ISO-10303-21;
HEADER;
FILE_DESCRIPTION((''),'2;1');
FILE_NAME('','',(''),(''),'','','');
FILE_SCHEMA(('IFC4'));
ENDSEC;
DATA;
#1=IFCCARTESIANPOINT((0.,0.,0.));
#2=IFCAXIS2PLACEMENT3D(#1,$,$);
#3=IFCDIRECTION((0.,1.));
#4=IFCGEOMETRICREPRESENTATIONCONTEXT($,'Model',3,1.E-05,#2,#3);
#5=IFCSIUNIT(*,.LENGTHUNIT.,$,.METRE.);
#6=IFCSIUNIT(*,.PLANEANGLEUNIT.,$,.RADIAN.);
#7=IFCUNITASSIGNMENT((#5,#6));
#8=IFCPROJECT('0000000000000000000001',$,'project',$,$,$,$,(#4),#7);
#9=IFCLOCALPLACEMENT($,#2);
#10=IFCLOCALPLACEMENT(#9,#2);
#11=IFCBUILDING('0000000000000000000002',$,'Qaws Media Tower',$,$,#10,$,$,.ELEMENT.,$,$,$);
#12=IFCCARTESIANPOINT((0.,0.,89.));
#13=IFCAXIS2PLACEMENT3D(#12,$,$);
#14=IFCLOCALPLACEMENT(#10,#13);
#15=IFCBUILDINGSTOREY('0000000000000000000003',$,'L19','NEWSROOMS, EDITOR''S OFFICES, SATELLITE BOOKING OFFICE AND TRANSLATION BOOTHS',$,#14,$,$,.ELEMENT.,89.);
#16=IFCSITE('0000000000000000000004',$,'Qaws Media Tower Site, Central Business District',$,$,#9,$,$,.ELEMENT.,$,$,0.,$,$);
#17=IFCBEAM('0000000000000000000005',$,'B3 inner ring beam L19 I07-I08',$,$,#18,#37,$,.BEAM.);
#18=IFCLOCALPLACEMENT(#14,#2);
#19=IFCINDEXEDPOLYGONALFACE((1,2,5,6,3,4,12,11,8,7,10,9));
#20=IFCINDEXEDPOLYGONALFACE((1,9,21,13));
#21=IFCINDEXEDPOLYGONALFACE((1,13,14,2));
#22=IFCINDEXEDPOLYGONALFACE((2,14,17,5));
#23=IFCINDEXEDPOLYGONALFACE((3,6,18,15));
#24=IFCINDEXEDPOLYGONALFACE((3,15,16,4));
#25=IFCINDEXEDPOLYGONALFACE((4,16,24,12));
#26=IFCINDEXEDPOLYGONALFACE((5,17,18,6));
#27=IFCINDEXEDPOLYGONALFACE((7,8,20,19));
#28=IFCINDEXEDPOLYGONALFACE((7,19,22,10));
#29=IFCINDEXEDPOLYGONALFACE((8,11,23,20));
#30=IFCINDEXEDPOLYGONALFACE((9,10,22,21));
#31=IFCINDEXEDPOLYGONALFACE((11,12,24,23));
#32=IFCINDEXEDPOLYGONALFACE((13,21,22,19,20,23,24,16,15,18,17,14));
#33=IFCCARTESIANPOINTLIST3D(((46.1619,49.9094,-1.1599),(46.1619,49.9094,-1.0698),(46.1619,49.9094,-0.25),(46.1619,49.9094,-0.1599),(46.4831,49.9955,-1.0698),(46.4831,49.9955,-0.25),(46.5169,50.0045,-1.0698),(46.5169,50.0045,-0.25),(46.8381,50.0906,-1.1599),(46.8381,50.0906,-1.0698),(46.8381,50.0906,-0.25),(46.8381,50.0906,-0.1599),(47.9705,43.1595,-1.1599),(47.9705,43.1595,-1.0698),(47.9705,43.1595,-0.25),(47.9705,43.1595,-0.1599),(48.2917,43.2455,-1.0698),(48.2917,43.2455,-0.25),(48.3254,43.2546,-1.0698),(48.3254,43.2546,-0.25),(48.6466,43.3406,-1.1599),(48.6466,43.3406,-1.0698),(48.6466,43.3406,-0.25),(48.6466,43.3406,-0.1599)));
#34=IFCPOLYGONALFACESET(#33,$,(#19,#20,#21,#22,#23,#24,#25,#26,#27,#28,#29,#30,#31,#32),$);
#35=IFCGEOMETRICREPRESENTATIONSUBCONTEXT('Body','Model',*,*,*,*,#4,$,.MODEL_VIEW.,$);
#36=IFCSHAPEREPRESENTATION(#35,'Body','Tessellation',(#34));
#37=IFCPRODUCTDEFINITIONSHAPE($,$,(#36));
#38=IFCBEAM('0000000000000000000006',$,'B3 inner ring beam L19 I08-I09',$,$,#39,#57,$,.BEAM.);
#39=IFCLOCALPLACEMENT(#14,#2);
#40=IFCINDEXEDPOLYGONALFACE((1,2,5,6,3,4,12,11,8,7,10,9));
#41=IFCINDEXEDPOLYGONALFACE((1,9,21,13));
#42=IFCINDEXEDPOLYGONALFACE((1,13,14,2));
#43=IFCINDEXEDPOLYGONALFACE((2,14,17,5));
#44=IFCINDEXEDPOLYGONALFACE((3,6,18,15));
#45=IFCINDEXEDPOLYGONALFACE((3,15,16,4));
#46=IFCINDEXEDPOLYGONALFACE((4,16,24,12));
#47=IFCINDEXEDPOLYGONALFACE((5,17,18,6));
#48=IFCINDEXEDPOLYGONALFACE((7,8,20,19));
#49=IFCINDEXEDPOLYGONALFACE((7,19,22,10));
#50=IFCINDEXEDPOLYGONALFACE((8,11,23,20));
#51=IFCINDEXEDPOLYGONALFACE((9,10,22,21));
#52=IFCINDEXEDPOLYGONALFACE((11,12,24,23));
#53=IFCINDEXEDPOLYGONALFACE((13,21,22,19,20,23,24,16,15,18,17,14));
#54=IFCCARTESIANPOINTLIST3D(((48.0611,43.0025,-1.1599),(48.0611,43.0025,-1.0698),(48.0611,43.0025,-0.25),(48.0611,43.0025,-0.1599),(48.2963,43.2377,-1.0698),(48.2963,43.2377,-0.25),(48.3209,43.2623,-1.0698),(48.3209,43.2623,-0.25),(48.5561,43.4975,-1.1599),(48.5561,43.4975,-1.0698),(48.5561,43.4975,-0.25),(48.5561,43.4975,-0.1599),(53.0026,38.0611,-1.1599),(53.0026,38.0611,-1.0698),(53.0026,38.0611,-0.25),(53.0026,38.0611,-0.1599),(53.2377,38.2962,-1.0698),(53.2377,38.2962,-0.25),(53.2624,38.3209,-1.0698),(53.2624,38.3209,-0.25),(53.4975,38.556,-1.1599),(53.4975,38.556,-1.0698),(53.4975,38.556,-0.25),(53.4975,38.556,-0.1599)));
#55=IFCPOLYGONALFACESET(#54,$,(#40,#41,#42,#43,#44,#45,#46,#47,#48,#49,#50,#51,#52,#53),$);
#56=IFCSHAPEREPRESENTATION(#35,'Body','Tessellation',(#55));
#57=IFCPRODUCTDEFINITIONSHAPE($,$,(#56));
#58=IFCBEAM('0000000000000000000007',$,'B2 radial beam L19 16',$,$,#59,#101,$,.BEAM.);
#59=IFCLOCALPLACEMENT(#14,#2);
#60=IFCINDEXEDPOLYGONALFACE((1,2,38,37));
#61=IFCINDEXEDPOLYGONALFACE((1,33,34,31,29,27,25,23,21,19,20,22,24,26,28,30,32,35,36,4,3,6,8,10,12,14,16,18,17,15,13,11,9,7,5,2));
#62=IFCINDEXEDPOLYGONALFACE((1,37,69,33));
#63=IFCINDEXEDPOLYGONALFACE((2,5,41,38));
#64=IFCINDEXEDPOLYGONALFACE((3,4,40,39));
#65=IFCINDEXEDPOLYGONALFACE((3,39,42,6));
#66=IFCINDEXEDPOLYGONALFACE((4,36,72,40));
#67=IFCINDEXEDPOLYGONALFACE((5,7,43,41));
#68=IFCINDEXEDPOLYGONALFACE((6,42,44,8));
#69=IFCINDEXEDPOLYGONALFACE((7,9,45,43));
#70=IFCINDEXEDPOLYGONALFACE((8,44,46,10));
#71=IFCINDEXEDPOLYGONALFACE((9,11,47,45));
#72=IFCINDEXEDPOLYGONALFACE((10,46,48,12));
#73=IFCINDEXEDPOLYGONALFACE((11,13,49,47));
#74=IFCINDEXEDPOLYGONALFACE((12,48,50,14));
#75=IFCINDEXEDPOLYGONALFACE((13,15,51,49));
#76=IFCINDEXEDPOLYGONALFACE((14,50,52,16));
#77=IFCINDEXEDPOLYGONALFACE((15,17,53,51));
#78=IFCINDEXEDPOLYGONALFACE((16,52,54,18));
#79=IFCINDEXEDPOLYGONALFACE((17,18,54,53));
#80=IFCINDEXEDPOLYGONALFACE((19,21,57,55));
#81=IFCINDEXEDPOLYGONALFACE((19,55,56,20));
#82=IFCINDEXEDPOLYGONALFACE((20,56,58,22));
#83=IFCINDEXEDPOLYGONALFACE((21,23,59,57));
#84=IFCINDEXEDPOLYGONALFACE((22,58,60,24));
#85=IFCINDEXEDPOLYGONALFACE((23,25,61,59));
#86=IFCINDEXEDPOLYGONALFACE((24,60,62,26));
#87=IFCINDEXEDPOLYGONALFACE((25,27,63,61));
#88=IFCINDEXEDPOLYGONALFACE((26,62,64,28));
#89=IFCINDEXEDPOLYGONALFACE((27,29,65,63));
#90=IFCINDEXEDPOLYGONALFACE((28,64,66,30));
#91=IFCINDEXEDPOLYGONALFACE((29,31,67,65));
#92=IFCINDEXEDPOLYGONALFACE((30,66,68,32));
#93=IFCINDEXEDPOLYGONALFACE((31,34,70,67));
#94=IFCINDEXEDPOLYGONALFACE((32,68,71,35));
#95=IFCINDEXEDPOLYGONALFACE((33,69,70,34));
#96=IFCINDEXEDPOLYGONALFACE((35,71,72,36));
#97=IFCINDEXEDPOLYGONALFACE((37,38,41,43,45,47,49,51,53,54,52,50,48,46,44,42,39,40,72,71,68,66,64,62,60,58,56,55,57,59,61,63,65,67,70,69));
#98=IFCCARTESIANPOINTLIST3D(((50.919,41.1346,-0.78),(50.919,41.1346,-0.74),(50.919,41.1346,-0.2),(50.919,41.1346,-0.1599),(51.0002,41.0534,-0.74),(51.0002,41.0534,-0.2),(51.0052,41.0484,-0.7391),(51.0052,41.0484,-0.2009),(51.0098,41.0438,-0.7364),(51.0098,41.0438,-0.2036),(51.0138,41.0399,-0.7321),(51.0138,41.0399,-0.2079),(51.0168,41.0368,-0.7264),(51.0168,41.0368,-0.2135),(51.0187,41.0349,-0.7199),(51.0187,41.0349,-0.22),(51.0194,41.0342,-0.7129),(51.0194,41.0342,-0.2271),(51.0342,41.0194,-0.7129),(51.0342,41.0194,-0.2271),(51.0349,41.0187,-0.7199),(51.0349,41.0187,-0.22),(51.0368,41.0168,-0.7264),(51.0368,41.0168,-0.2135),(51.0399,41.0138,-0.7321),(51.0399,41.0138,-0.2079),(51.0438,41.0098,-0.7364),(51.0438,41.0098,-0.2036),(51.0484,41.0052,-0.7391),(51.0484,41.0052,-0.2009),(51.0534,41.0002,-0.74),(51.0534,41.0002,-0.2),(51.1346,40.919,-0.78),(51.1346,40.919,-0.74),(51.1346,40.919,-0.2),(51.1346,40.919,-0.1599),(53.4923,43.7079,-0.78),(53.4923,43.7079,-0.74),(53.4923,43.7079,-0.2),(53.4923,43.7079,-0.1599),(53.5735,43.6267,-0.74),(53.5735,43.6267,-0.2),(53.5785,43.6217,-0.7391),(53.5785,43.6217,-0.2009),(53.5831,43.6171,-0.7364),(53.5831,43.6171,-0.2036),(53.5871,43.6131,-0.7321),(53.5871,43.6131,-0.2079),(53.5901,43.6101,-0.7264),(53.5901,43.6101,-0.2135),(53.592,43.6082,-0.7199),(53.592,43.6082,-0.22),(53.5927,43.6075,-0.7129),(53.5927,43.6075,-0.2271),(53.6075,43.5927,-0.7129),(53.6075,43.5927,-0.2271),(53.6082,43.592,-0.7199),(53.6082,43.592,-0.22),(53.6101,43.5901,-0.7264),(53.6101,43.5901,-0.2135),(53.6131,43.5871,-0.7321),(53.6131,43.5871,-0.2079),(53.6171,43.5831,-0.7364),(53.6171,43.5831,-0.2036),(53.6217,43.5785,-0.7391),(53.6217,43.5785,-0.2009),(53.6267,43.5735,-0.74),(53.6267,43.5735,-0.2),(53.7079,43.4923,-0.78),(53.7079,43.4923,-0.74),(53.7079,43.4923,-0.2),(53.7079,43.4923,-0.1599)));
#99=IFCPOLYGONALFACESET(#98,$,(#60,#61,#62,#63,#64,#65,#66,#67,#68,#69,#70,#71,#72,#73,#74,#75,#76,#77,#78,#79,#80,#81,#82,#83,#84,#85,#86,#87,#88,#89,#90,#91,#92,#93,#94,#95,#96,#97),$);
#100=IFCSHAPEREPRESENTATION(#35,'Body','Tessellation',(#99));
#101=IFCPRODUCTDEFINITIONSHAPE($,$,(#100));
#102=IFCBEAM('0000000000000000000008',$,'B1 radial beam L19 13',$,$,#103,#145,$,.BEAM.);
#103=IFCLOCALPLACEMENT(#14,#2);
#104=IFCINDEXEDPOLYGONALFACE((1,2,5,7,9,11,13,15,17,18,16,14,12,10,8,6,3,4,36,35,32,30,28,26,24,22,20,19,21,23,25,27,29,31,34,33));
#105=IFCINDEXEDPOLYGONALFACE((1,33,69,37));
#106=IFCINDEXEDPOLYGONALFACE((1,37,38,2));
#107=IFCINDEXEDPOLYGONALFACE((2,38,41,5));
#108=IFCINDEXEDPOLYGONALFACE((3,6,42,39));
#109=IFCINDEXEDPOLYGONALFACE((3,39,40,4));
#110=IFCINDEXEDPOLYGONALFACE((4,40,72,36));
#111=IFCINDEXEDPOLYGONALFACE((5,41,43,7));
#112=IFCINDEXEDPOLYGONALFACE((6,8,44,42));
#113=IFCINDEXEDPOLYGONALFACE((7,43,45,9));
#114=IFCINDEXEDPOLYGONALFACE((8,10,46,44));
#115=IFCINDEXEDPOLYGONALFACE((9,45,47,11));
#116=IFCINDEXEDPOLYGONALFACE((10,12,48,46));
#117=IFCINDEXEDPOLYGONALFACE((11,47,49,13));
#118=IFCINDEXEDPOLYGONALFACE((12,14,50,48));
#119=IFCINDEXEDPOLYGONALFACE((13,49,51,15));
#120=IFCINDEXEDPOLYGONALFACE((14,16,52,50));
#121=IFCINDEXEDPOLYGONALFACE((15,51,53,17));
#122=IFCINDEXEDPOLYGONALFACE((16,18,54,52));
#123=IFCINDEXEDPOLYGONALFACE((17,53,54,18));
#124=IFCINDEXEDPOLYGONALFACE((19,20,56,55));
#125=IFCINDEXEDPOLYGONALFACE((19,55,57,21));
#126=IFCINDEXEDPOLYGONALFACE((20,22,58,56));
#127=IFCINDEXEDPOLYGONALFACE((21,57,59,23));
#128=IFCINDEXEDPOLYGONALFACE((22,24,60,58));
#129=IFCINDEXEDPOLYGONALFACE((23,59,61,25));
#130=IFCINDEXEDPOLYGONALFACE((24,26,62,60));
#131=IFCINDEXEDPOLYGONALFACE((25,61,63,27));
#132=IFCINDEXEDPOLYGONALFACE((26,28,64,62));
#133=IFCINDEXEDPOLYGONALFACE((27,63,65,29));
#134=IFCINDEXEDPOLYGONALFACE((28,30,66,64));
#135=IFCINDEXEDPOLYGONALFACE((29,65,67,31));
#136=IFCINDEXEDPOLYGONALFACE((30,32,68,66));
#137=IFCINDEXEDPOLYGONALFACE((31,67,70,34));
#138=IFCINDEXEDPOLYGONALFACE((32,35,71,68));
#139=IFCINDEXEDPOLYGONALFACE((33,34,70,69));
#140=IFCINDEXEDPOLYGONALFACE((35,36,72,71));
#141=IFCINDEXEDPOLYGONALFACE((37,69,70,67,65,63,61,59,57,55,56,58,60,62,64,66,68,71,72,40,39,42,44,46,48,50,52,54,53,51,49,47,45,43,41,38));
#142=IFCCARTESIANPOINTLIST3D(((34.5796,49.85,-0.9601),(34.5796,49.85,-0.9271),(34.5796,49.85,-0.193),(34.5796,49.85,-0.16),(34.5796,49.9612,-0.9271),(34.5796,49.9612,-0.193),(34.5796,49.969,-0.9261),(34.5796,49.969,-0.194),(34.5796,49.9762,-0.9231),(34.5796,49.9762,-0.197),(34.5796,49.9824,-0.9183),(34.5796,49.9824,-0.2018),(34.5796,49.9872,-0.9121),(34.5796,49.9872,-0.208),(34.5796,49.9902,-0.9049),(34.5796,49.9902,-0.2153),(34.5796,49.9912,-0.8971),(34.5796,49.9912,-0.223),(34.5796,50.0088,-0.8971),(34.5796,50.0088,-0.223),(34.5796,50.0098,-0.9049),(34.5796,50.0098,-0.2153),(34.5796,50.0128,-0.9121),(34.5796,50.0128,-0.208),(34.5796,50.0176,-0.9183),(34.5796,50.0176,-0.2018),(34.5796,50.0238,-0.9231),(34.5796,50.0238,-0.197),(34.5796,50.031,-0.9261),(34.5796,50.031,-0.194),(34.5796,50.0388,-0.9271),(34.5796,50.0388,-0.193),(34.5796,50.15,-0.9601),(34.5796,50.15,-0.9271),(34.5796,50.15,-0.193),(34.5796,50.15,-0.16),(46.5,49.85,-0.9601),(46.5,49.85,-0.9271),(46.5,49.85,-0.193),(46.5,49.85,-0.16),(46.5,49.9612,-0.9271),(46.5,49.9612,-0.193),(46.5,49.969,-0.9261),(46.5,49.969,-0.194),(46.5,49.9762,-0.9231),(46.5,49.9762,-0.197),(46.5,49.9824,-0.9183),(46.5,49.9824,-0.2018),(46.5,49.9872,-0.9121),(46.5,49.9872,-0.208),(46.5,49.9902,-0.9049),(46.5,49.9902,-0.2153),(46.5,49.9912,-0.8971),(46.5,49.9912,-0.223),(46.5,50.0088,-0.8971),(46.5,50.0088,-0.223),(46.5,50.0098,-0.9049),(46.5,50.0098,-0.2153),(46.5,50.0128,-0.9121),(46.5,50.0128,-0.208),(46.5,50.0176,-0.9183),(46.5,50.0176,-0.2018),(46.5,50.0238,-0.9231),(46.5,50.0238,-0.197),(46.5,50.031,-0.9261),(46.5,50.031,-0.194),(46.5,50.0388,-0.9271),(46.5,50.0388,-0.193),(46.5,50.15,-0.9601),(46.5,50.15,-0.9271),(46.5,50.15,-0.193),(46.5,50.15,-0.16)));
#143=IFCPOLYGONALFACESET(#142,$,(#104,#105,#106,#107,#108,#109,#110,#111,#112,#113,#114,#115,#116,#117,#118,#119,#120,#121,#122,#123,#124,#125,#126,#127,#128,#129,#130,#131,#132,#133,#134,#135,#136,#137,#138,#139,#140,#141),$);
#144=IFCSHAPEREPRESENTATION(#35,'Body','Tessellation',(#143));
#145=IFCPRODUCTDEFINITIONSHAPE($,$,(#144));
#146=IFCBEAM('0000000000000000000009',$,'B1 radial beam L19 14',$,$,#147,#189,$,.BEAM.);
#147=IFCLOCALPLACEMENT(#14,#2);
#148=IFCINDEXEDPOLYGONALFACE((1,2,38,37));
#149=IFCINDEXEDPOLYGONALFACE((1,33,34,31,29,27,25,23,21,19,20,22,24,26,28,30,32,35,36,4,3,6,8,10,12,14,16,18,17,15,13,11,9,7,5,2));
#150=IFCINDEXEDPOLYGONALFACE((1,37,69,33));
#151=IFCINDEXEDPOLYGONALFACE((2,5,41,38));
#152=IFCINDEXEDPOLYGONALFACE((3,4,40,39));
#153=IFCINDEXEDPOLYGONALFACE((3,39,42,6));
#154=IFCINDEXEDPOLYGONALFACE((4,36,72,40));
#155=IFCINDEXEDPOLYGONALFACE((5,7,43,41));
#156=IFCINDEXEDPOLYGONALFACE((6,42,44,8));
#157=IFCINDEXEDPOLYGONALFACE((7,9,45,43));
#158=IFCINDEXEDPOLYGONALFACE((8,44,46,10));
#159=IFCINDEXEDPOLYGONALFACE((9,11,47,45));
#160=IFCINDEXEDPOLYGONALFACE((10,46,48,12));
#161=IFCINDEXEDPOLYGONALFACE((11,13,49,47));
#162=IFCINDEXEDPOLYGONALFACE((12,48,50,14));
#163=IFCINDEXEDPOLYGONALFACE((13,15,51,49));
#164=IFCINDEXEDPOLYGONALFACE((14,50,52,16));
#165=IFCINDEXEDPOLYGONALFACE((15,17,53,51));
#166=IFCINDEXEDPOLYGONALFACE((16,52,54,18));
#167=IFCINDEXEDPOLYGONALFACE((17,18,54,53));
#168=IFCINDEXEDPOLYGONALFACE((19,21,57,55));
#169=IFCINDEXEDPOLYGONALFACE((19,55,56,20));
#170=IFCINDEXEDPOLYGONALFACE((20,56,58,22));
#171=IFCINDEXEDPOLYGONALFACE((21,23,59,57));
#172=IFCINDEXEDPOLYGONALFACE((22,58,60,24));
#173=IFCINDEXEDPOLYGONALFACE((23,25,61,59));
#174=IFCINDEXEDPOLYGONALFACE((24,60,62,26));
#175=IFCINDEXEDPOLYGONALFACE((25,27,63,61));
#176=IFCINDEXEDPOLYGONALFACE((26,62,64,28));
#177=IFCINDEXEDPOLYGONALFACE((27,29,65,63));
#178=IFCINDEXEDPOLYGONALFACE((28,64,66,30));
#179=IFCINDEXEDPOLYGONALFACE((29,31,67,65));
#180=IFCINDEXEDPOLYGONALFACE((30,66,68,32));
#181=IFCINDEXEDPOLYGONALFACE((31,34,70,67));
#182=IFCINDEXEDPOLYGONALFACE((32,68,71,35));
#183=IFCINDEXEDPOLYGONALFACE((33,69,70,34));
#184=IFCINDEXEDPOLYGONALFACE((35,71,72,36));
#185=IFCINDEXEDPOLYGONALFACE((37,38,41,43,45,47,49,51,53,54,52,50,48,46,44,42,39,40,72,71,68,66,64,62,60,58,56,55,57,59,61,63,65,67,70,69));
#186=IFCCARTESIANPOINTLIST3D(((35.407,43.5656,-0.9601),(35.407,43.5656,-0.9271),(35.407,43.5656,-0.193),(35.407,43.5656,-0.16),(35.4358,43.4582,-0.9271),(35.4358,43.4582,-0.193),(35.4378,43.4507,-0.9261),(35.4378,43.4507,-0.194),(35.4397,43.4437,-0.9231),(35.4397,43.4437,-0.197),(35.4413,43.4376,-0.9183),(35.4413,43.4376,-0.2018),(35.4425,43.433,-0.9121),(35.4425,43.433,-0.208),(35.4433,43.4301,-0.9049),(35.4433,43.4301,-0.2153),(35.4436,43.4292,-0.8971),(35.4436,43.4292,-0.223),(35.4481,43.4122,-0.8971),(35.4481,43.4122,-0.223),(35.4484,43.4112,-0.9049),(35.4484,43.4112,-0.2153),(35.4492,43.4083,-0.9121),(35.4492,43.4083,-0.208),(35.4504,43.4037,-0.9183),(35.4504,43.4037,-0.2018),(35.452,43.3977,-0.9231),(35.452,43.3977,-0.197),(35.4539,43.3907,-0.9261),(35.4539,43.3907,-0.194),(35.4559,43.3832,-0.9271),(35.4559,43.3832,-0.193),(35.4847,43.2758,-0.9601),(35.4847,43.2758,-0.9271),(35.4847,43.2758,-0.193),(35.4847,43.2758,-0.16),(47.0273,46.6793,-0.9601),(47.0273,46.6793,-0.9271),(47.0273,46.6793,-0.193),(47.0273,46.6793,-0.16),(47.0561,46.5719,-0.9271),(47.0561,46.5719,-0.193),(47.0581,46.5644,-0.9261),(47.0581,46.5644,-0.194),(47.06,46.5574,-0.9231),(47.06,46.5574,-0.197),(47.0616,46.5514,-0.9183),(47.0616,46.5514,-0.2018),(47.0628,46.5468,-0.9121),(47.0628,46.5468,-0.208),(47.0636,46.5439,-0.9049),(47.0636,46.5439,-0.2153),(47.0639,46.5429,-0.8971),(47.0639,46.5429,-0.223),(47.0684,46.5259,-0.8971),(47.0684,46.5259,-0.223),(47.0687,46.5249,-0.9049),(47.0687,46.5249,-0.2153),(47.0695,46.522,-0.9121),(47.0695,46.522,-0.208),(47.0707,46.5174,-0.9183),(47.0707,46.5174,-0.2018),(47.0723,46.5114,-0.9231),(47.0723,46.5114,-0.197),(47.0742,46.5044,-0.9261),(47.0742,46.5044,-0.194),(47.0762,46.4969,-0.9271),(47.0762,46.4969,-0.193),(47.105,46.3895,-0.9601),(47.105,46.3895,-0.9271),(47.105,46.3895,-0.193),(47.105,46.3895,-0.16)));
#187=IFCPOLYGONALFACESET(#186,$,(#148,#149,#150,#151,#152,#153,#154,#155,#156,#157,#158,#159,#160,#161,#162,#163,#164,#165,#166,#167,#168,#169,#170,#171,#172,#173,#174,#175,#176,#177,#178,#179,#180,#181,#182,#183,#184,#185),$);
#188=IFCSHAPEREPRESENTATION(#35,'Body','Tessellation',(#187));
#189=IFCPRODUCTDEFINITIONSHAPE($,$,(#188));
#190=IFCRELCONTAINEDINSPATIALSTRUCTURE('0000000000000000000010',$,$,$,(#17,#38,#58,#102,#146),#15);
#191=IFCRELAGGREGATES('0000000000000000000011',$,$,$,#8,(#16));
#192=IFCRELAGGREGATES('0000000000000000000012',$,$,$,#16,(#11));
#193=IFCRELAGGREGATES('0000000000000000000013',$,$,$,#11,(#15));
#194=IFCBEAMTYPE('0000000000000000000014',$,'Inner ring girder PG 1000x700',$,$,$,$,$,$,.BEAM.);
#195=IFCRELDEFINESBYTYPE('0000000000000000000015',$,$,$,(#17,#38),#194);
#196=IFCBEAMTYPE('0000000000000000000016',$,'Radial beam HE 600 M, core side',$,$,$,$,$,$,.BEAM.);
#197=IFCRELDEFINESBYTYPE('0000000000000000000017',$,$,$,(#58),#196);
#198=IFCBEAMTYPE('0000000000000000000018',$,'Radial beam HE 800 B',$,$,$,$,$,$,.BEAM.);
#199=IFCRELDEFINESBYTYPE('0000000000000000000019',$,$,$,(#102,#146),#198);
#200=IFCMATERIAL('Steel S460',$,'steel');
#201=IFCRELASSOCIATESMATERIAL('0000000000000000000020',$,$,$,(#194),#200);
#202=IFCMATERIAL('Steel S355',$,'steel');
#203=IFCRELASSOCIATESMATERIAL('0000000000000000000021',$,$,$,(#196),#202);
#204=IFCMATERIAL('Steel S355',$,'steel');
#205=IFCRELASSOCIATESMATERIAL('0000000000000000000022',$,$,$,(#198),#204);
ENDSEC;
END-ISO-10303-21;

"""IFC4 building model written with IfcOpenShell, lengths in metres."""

from ifc_helpers import new_model, si_unit, direction, frame, origin, origin_2d, place, context, subcontext, project, spatial, i_section, extrude, material, material_profile, profile_set, type_object, element, save


model = new_model("IFC4")

# Units and contexts
model_context = context("Model", 3, precision=1e-05, world=origin(), true_north=direction((0.0, 1.0)))
body_context = subcontext(model_context, "Body", "Model", "MODEL_VIEW")
ifc_project = project(units=[si_unit("LENGTHUNIT", "METRE"), si_unit("PLANEANGLEUNIT", "RADIAN")], contexts=[model_context])

# Site, building, storey
site_placement = place(None, origin())
site = spatial("IfcSite", under=ifc_project, at=site_placement, Name="Qaws Media Tower Site, Central Business District", CompositionType="ELEMENT", RefElevation=0.0)
building_placement = place(site_placement, origin())
building = spatial("IfcBuilding", under=site, at=building_placement, Name="Qaws Media Tower", CompositionType="ELEMENT")
storey_placement = place(building_placement, frame((0.0, 0.0, 89.0)))
storey = spatial("IfcBuildingStorey", under=building, at=storey_placement, Name="L19", Description="NEWSROOMS, EDITOR'S OFFICES, SATELLITE BOOKING OFFICE AND TRANSLATION BOOTHS", CompositionType="ELEMENT", Elevation=89.0)

# Beams
ifc_material_1 = material(Name="Steel S460", Category="steel")
ifc_material_profile_1 = material_profile(ifc_material_1, i_section(OverallWidth=0.7, OverallDepth=1.0, WebThickness=0.0349, FlangeThickness=0.0901, at=origin_2d()), Name="PG 1000x700")
ifc_profile_set_1 = profile_set([ifc_material_profile_1], Name="Steel S460")
beam_type_1 = type_object("IfcBeamType", Name="Inner ring girder PG 1000x700", PredefinedType="BEAM", material=ifc_profile_set_1)
beam_1_placement = place(storey_placement, frame((46.5, 50.0, -0.6599), z_axis=(0.258811, -0.965928, 0.0), x_axis=(0.965928, 0.258811, 0.0)))
element("IfcBeam", 1, at=beam_1_placement, inside=storey, type_object=beam_type_1, Name="B3 inner ring beam L19 I07-I08", PredefinedType="BEAM", context=body_context, shape_type="SweptSolid", body=[
    extrude(i_section(OverallWidth=0.7, OverallDepth=1.0, WebThickness=0.0349, FlangeThickness=0.0901, at=origin_2d()), origin(), (0.0, 0.0, 1.0), 6.988),
])
beam_2_placement = place(storey_placement, frame((48.3086, 43.25, -0.6599), z_axis=(0.707107, -0.707107, 0.0), x_axis=(0.707107, 0.707107, 0.0)))
element("IfcBeam", 2, at=beam_2_placement, inside=storey, type_object=beam_type_1, Name="B3 inner ring beam L19 I08-I09", PredefinedType="BEAM", context=body_context, shape_type="SweptSolid", body=[
    extrude(i_section(OverallWidth=0.7, OverallDepth=1.0, WebThickness=0.0349, FlangeThickness=0.0901, at=origin_2d()), origin(), (0.0, 0.0, 1.0), 6.9883),
])
ifc_material_2 = material(Name="Steel S355", Category="steel")
ifc_material_profile_2 = material_profile(ifc_material_2, i_section(OverallWidth=0.3049, OverallDepth=0.6201, WebThickness=0.021, FlangeThickness=0.04, FilletRadius=0.0271, at=origin_2d()), Name="HE 600 M")
ifc_profile_set_2 = profile_set([ifc_material_profile_2], Name="Steel S355")
beam_type_2 = type_object("IfcBeamType", Name="Radial beam HE 600 M, core side", PredefinedType="BEAM", material=ifc_profile_set_2)
beam_3_placement = place(storey_placement, frame((53.6001, 43.6001, -0.47), z_axis=(-0.707107, -0.707107, 0.0), x_axis=(0.707107, -0.707107, 0.0)))
element("IfcBeam", 3, at=beam_3_placement, inside=storey, type_object=beam_type_2, Name="B2 radial beam L19 16", PredefinedType="BEAM", context=body_context, shape_type="SweptSolid", body=[
    extrude(i_section(OverallWidth=0.3049, OverallDepth=0.6201, WebThickness=0.021, FlangeThickness=0.04, FilletRadius=0.0271, at=origin_2d()), origin(), (0.0, 0.0, 1.0), 3.6392),
])
ifc_material_3 = material(Name="Steel S355", Category="steel")
ifc_material_profile_3 = material_profile(ifc_material_3, i_section(OverallWidth=0.3, OverallDepth=0.8, WebThickness=0.0176, FlangeThickness=0.033, FilletRadius=0.03, at=origin_2d()), Name="HE 800 B")
ifc_profile_set_3 = profile_set([ifc_material_profile_3], Name="Steel S355")
beam_type_3 = type_object("IfcBeamType", Name="Radial beam HE 800 B", PredefinedType="BEAM", material=ifc_profile_set_3)
beam_4_placement = place(storey_placement, frame((46.5, 50.0, -0.5601), z_axis=(-1.0, 0.0, 0.0), x_axis=(0.0, -1.0, 0.0)))
element("IfcBeam", 4, at=beam_4_placement, inside=storey, type_object=beam_type_3, Name="B1 radial beam L19 13", PredefinedType="BEAM", context=body_context, shape_type="SweptSolid", body=[
    extrude(i_section(OverallWidth=0.3, OverallDepth=0.8, WebThickness=0.0176, FlangeThickness=0.033, FilletRadius=0.03, at=origin_2d()), origin(), (0.0, 0.0, 1.0), 11.9204),
])
beam_5_placement = place(storey_placement, frame((47.0662, 46.5344, -0.5601), z_axis=(-0.965924, -0.258827, 0.0), x_axis=(0.258827, -0.965924, 0.0)))
element("IfcBeam", 5, at=beam_5_placement, inside=storey, type_object=beam_type_3, Name="B1 radial beam L19 14", PredefinedType="BEAM", context=body_context, shape_type="SweptSolid", body=[
    extrude(i_section(OverallWidth=0.3, OverallDepth=0.8, WebThickness=0.0176, FlangeThickness=0.033, FilletRadius=0.03, at=origin_2d()), origin(), (0.0, 0.0, 1.0), 12.0303),
])

save(model, "model.ifc")
